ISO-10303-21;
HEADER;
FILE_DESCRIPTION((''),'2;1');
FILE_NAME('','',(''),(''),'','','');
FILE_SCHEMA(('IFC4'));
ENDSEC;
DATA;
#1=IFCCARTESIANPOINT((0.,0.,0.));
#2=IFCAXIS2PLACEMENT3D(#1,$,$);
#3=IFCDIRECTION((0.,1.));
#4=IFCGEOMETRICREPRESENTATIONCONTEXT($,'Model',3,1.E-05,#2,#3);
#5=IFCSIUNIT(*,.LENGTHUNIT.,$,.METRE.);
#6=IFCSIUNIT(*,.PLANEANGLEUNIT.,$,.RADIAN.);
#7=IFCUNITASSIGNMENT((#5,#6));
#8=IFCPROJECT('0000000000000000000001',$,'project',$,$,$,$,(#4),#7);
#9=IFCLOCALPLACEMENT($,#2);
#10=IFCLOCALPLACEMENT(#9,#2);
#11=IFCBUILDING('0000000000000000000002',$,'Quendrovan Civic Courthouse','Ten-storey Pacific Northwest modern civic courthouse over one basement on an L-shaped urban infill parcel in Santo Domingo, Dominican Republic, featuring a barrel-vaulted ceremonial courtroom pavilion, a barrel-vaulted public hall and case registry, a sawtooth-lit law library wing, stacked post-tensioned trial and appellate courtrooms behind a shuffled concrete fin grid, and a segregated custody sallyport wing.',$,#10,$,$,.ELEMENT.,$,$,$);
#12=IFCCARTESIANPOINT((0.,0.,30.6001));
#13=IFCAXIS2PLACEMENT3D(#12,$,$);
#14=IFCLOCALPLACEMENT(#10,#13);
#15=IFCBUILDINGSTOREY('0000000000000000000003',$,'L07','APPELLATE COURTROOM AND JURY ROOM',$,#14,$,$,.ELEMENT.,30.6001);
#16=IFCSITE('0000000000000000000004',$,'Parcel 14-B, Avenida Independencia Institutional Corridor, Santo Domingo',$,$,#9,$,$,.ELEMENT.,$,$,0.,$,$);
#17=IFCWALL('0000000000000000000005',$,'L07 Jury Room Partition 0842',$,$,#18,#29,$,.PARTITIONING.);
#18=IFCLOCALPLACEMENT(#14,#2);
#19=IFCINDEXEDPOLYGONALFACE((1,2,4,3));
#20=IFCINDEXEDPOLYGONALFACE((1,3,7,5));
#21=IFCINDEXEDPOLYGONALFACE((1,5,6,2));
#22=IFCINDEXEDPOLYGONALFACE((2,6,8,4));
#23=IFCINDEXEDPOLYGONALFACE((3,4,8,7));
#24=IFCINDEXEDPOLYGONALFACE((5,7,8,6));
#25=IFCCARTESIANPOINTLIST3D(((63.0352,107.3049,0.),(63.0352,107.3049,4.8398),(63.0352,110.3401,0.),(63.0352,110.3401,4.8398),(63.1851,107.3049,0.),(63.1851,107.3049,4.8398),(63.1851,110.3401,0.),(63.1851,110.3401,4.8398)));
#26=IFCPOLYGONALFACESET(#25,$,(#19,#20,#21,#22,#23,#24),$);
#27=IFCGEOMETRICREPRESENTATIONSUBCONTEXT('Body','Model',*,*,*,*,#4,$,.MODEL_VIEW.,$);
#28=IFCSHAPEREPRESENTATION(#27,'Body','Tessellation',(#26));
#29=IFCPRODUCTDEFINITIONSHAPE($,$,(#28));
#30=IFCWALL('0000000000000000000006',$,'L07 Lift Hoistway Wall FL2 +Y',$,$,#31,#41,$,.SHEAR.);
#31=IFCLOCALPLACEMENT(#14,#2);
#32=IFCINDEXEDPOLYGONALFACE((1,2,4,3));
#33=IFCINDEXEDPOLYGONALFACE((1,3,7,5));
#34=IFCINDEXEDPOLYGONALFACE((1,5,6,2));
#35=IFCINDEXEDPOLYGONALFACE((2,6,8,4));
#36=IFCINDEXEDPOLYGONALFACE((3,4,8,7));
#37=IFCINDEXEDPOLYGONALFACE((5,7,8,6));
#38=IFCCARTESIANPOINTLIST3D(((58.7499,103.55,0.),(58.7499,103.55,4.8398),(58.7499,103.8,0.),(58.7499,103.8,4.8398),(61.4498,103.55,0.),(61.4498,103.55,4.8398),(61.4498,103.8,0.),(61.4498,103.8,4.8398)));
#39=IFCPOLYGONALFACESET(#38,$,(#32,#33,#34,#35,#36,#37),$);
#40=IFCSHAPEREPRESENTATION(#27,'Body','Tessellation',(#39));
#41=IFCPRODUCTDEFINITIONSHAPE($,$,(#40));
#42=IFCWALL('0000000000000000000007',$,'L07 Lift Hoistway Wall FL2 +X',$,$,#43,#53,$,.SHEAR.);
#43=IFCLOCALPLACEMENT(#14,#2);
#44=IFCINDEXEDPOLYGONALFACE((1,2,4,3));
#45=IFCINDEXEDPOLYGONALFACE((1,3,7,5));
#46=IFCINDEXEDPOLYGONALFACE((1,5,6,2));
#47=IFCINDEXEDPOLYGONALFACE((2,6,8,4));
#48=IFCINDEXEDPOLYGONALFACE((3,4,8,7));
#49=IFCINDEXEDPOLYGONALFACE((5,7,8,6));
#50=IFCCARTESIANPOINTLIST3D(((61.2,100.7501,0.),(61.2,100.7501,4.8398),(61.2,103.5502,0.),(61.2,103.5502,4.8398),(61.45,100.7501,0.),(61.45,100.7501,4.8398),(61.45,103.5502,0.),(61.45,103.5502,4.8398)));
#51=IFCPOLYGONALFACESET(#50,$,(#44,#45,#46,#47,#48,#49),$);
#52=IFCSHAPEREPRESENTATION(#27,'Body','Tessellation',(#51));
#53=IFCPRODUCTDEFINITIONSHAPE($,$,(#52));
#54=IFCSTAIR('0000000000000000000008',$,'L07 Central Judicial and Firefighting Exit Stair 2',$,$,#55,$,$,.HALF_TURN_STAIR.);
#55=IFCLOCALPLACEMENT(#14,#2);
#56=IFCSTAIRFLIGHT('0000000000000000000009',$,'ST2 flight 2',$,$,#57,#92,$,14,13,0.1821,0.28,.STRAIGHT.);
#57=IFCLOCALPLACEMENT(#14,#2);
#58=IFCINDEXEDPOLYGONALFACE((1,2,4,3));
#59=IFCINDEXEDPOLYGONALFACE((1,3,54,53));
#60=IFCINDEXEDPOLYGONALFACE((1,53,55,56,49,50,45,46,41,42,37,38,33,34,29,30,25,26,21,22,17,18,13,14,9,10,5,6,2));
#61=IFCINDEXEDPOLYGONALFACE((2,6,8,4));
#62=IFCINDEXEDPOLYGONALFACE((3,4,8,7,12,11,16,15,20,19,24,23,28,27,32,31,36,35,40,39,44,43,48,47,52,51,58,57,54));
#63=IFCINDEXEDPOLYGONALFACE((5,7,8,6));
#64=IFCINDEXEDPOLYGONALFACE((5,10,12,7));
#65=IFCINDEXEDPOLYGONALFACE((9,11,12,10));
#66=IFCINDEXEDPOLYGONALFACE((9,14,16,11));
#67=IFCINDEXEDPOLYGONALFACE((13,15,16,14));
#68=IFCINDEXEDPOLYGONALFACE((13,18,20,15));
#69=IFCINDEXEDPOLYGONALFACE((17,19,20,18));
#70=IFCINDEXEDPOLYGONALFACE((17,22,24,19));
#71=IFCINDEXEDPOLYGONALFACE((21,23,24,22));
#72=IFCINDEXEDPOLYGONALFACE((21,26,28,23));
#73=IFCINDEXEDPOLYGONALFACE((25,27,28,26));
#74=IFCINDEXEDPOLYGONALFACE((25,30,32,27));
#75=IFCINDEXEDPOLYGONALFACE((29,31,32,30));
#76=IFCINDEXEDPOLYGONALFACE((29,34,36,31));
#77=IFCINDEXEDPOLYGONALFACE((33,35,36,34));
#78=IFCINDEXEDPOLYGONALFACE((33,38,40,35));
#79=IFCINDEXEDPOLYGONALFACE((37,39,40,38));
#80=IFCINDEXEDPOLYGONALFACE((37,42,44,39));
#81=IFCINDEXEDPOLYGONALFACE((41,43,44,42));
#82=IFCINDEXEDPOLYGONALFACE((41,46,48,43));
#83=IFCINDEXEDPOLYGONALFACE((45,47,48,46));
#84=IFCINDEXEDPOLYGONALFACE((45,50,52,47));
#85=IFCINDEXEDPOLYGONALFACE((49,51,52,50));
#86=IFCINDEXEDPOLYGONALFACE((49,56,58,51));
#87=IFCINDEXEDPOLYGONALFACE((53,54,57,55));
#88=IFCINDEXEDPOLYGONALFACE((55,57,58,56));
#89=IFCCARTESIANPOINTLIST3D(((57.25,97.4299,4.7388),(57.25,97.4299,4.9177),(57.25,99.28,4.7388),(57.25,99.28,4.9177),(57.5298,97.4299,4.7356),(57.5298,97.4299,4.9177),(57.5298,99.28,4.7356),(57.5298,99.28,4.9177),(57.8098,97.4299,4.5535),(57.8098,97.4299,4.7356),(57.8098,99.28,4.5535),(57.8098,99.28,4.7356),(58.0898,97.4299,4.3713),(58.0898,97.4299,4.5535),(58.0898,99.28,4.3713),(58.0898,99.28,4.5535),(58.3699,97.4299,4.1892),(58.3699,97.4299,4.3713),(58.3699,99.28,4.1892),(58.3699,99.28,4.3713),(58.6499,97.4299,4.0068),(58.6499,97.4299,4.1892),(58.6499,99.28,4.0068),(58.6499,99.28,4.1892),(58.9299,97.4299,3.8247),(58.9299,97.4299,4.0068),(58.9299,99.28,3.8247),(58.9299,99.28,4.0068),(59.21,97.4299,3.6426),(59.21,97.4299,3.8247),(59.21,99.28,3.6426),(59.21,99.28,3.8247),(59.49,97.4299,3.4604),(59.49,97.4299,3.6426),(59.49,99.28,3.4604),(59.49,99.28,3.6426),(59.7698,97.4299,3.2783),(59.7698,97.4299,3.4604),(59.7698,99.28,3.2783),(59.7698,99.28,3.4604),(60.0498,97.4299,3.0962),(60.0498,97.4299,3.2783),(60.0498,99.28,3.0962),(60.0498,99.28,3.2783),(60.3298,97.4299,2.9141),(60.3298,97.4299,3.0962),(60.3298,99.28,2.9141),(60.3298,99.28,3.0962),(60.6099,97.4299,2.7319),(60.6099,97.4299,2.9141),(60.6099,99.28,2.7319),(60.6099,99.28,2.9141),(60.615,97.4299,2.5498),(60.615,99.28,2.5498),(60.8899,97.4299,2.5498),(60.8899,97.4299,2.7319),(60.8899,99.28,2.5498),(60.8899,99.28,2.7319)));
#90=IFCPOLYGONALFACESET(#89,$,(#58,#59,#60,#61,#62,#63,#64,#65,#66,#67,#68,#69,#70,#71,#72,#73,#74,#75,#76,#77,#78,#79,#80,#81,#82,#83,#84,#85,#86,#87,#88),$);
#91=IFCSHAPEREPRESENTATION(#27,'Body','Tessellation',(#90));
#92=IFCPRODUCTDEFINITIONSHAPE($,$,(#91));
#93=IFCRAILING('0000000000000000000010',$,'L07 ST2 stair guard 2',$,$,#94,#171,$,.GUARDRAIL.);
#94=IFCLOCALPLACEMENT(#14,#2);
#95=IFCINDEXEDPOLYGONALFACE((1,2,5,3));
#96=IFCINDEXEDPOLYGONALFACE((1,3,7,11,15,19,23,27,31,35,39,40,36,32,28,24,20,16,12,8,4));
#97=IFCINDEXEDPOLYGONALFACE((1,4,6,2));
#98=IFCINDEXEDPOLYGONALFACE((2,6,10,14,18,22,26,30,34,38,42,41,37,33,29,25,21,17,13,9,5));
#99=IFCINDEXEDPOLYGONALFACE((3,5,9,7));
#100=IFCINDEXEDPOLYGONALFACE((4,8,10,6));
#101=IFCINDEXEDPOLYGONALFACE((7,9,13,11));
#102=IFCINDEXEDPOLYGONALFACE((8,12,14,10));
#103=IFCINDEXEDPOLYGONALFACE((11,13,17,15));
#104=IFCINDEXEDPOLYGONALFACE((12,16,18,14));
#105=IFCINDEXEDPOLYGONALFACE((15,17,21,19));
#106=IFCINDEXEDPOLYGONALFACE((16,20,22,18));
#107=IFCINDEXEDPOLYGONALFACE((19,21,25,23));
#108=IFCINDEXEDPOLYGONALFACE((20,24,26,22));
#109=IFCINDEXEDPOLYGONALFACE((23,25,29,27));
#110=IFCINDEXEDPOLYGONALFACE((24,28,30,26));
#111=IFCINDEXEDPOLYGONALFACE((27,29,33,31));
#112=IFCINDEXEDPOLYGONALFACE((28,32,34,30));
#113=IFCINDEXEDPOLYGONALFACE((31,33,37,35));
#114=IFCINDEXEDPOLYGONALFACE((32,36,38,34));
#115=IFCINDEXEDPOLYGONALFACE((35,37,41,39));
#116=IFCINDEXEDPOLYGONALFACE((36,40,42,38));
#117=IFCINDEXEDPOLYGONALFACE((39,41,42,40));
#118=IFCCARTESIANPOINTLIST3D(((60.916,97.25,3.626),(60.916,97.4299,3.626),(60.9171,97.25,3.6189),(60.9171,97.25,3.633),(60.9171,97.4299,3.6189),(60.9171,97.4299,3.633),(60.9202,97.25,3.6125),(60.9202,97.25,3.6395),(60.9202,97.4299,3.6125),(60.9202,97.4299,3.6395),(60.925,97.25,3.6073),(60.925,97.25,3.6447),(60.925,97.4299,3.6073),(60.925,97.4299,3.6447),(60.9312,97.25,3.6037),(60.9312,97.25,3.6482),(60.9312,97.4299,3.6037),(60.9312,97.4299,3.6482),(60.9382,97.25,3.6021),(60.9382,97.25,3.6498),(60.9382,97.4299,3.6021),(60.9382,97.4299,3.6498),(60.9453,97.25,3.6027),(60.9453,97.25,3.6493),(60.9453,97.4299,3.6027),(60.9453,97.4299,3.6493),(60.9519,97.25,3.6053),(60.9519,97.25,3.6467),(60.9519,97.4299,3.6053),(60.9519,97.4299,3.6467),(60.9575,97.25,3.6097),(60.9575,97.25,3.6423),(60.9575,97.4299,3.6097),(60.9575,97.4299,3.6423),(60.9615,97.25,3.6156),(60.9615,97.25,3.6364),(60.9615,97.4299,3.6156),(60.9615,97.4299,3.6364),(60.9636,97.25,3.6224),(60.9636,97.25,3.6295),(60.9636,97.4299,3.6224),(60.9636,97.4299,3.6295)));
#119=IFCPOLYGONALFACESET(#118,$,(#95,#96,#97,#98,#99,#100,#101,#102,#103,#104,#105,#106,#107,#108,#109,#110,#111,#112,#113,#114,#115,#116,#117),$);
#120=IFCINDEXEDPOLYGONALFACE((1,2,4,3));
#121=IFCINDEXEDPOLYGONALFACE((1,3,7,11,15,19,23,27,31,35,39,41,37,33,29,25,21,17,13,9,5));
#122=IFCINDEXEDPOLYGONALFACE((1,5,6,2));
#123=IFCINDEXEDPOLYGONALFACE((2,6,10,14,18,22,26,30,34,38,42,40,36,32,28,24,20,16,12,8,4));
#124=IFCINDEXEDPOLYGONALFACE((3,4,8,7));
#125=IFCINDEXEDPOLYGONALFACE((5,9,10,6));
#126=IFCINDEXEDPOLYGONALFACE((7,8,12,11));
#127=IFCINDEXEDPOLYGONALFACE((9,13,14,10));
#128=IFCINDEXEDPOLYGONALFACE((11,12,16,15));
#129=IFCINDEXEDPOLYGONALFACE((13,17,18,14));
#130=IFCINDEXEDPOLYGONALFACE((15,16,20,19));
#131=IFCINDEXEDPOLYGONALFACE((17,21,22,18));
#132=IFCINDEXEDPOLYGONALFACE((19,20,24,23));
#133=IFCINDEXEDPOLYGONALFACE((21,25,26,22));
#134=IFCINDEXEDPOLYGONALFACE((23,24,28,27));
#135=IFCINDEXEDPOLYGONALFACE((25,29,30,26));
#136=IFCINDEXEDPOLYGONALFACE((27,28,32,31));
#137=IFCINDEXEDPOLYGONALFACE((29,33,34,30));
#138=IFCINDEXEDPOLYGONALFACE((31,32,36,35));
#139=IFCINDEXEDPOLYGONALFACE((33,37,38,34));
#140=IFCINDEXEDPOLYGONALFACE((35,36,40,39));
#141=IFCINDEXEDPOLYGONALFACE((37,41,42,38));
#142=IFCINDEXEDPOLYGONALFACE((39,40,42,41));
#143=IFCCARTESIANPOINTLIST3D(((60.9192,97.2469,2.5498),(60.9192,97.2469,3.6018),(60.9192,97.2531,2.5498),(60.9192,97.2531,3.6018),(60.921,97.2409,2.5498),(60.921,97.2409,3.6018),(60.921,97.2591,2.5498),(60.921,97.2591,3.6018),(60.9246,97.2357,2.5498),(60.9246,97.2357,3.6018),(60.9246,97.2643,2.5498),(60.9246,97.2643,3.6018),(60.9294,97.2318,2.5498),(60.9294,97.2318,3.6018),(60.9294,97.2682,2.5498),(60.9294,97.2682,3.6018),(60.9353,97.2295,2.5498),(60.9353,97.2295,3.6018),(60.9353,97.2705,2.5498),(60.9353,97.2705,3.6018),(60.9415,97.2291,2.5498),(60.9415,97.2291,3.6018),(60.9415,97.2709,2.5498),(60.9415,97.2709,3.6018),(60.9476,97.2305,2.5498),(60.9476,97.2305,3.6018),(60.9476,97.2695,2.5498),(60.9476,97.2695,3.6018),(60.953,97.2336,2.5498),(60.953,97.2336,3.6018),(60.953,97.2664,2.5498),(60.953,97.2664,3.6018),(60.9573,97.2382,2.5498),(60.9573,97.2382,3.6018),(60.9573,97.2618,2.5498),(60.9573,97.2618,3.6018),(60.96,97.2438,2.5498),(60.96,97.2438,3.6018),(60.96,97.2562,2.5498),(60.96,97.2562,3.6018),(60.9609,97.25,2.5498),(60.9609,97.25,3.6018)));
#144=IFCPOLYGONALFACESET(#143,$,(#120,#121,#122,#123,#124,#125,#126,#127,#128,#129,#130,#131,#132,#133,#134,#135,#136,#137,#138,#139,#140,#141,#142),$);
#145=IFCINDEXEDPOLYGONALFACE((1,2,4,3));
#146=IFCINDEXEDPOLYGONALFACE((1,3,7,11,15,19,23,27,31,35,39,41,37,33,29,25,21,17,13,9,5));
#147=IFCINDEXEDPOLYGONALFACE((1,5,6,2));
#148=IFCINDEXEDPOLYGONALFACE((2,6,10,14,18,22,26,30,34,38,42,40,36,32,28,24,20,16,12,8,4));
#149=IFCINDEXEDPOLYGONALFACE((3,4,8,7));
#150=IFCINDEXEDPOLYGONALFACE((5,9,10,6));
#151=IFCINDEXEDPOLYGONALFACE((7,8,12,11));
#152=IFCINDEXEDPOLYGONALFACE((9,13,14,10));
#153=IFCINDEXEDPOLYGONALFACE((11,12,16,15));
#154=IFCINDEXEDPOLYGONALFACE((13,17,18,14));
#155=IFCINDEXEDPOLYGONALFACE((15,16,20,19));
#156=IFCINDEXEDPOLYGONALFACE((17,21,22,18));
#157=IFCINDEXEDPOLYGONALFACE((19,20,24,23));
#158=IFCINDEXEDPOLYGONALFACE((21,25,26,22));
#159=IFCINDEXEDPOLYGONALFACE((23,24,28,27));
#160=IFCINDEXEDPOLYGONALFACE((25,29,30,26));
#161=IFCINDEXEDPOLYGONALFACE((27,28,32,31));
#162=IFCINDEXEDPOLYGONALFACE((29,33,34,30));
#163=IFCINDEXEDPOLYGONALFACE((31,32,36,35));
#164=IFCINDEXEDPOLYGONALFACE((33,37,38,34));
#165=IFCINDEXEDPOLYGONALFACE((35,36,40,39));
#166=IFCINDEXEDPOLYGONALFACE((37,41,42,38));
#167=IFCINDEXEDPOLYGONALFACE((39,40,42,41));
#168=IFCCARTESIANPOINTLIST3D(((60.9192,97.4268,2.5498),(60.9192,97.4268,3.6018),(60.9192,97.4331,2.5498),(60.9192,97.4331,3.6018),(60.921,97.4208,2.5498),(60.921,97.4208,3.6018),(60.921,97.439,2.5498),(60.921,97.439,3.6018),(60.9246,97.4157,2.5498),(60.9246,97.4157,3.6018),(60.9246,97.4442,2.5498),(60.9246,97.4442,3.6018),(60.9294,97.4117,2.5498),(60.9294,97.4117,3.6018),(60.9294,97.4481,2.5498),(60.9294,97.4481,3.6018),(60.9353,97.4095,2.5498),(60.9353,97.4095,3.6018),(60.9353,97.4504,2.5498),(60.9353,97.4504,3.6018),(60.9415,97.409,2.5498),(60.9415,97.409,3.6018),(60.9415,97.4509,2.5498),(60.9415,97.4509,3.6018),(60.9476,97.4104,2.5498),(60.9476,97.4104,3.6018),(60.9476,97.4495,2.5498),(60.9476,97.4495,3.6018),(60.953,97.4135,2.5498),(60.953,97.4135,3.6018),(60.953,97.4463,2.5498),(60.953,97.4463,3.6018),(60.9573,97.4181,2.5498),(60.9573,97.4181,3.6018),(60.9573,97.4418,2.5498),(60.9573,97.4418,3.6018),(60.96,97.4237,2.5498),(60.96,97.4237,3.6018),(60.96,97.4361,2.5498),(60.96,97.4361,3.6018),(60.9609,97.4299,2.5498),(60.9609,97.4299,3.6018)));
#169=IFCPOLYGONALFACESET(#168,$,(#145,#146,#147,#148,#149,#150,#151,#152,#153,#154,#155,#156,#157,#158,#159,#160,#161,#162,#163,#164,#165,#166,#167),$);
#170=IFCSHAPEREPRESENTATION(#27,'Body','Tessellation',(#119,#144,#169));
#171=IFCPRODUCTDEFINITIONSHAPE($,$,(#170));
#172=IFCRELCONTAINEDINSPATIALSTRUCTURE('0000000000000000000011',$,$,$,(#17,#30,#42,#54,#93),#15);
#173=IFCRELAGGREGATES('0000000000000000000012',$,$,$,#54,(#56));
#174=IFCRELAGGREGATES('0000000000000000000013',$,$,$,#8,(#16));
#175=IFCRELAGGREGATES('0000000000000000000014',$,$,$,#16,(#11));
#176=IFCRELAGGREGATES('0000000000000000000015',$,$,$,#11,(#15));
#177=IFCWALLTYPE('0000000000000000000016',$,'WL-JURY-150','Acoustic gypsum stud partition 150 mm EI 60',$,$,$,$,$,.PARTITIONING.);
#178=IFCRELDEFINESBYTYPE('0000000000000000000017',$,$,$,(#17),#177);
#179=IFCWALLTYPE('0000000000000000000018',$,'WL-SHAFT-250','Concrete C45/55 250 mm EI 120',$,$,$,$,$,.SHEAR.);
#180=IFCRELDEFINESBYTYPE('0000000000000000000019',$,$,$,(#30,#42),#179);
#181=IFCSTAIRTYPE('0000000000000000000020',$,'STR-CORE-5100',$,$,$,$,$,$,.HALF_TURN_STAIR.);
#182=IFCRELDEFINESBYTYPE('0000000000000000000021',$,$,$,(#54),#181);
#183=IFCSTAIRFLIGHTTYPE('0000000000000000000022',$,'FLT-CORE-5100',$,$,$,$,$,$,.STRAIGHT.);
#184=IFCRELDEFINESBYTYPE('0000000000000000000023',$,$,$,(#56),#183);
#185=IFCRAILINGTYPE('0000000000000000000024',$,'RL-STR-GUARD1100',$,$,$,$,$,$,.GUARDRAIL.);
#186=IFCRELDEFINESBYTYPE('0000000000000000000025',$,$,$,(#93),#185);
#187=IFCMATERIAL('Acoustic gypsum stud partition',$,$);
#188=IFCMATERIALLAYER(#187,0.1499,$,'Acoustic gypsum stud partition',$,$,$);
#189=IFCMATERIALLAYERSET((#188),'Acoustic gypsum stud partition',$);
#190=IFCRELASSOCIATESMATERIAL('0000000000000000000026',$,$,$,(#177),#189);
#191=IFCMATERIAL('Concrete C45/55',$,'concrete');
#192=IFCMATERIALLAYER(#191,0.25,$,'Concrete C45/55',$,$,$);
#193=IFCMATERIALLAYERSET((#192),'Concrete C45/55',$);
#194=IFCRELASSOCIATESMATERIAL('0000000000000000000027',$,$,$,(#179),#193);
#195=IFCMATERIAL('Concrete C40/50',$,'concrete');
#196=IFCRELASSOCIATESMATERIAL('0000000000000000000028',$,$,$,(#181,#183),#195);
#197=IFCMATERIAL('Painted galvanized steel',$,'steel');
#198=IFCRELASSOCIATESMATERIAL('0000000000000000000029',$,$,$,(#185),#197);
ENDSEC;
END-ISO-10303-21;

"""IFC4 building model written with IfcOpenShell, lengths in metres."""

from ifc_helpers import new_model, si_unit, direction, frame, frame_2d, origin, origin_2d, place, context, subcontext, project, spatial, polyline, rectangle, circle, outline, extrude, material, layer, layer_set, type_object, element, aggregate, save


model = new_model("IFC4")

# Units and contexts
model_context = context("Model", 3, precision=1e-05, world=origin(), true_north=direction((0.0, 1.0)))
body_context = subcontext(model_context, "Body", "Model", "MODEL_VIEW")
ifc_project = project(units=[si_unit("LENGTHUNIT", "METRE"), si_unit("PLANEANGLEUNIT", "RADIAN")], contexts=[model_context])

# Site, building, storey
site_placement = place(None, origin())
site = spatial("IfcSite", under=ifc_project, at=site_placement, Name="Parcel 14-B, Avenida Independencia Institutional Corridor, Santo Domingo", CompositionType="ELEMENT", RefElevation=0.0)
building_placement = place(site_placement, origin())
building = spatial("IfcBuilding", under=site, at=building_placement, Name="Quendrovan Civic Courthouse", Description="Ten-storey Pacific Northwest modern civic courthouse over one basement on an L-shaped urban infill parcel in Santo Domingo, Dominican Republic, featuring a barrel-vaulted ceremonial courtroom pavilion, a barrel-vaulted public hall and case registry, a sawtooth-lit law library wing, stacked post-tensioned trial and appellate courtrooms behind a shuffled concrete fin grid, and a segregated custody sallyport wing.", CompositionType="ELEMENT")
storey_placement = place(building_placement, frame((0.0, 0.0, 30.6001)))
storey = spatial("IfcBuildingStorey", under=building, at=storey_placement, Name="L07", Description="APPELLATE COURTROOM AND JURY ROOM", CompositionType="ELEMENT", Elevation=30.6001)

# Shared definitions
ifc_material_1 = material(Name="Acoustic gypsum stud partition")
ifc_material_2 = material(Name="Concrete C45/55", Category="concrete")

# Walls
ifc_layer_1 = layer(ifc_material_1, 0.1499, Name="Acoustic gypsum stud partition")
ifc_layer_set_1 = layer_set([ifc_layer_1], Name="Acoustic gypsum stud partition")
wall_type_1 = type_object("IfcWallType", Name="WL-JURY-150", Description="Acoustic gypsum stud partition 150 mm EI 60", PredefinedType="PARTITIONING", material=ifc_layer_set_1)
wall_1_placement = place(storey_placement, frame((63.1101, 110.3401, 0.0), z_axis=(0.0, 0.0, 1.0), x_axis=(0.0, -1.0, 0.0)))
element("IfcWall", 1, at=wall_1_placement, inside=storey, type_object=wall_type_1, Name="L07 Jury Room Partition 0842", PredefinedType="PARTITIONING", context=body_context, shape_type="SweptSolid", body=[
    extrude(rectangle(XDim=3.0352, YDim=0.1499, at=frame_2d((1.5176, 0.0))), origin(), (0.0, 0.0, 1.0), 4.8398),
])
ifc_layer_2 = layer(ifc_material_2, 0.25, Name="Concrete C45/55")
ifc_layer_set_2 = layer_set([ifc_layer_2], Name="Concrete C45/55")
wall_type_2 = type_object("IfcWallType", Name="WL-SHAFT-250", Description="Concrete C45/55 250 mm EI 120", PredefinedType="SHEAR", material=ifc_layer_set_2)
wall_2_placement = place(storey_placement, frame((61.45, 103.675, 0.0), z_axis=(0.0, 0.0, 1.0), x_axis=(-1.0, 0.0, 0.0)))
element("IfcWall", 2, at=wall_2_placement, inside=storey, type_object=wall_type_2, Name="L07 Lift Hoistway Wall FL2 +Y", PredefinedType="SHEAR", context=body_context, shape_type="SweptSolid", body=[
    extrude(rectangle(XDim=2.7, YDim=0.25, at=frame_2d((1.3501, 0.0))), origin(), (0.0, 0.0, 1.0), 4.8398),
])
wall_3_placement = place(storey_placement, frame((61.325, 103.55, 0.0), z_axis=(0.0, 0.0, 1.0), x_axis=(0.0, -1.0, 0.0)))
element("IfcWall", 3, at=wall_3_placement, inside=storey, type_object=wall_type_2, Name="L07 Lift Hoistway Wall FL2 +X", PredefinedType="SHEAR", context=body_context, shape_type="SweptSolid", body=[
    extrude(rectangle(XDim=2.8, YDim=0.25, at=frame_2d((1.3999, 0.0))), origin(), (0.0, 0.0, 1.0), 4.8398),
])

# Stair, stair flight
ifc_material_3 = material(Name="Concrete C40/50", Category="concrete")
stair_type = type_object("IfcStairType", Name="STR-CORE-5100", PredefinedType="HALF_TURN_STAIR", material=ifc_material_3)
stair_placement = place(storey_placement, origin())
stair = element("IfcStair", 4, at=stair_placement, inside=storey, type_object=stair_type, Name="L07 Central Judicial and Firefighting Exit Stair 2", PredefinedType="HALF_TURN_STAIR")
stair_flight_type = type_object("IfcStairFlightType", Name="FLT-CORE-5100", PredefinedType="STRAIGHT", material=ifc_material_3)
stair_flight_placement = place(storey_placement, frame((60.8899, 98.355, 2.5498), z_axis=(0.0, 0.0, 1.0), x_axis=(-1.0, 0.0, 0.0)))
stair_flight = element("IfcStairFlight", 5, at=stair_flight_placement, type_object=stair_flight_type, Name="ST2 flight 2", NumberOfRisers=14, NumberOfTreads=13, PredefinedType="STRAIGHT", RiserHeight=0.1821, TreadLength=0.28, context=body_context, shape_type="SweptSolid", body=[
    extrude(outline(polyline([(0.0, 0.0), (0.0, 0.1821), (0.28, 0.1821), (0.28, 0.3643), (0.5601, 0.3643), (0.5601, 0.5464), (0.8401, 0.5464), (0.8401, 0.7285), (1.1201, 0.7285), (1.1201, 0.9106), (1.3999, 0.9106), (1.3999, 1.0928), (1.6799, 1.0928), (1.6799, 1.2749), (1.96, 1.2749), (1.96, 1.457), (2.24, 1.457), (2.24, 1.6394), (2.52, 1.6394), (2.52, 1.8215), (2.8, 1.8215), (2.8, 2.0037), (3.0801, 2.0037), (3.0801, 2.1858), (3.3601, 2.1858), (3.3601, 2.3679), (3.6399, 2.3679), (3.6399, 2.55), (3.6399, 2.189), (0.2749, 0.0), (0.0, 0.0)])), frame((0.0, 0.925, 0.0), z_axis=(0.0, -1.0, 0.0), x_axis=(1.0, 0.0, 0.0)), (0.0, 0.0, 1.0), 1.8501),
])
aggregate(stair, [stair_flight])

# Railing
ifc_material_4 = material(Name="Painted galvanized steel", Category="steel")
railing_type_1 = type_object("IfcRailingType", Name="RL-STR-GUARD1100", PredefinedType="GUARDRAIL", material=ifc_material_4)
railing_1_placement = place(storey_placement, frame((60.9399, 97.25, 2.5498)))
element("IfcRailing", 6, at=railing_1_placement, inside=storey, type_object=railing_type_1, Name="L07 ST2 stair guard 2", PredefinedType="GUARDRAIL", context=body_context, shape_type="SweptSolid", body=[
    extrude(circle(Radius=0.0239, at=origin_2d()), frame((0.0, 0.0, 1.0762), z_axis=(0.0, 1.0, 0.0), x_axis=(-1.0, 0.0, 0.0)), (0.0, 0.0, 1.0), 0.1799),
    extrude(circle(Radius=0.021, at=origin_2d()), origin(), (0.0, 0.0, 1.0), 1.052),
    extrude(circle(Radius=0.021, at=origin_2d()), frame((0.0, 0.1799, 0.0)), (0.0, 0.0, 1.0), 1.052),
])

save(model, "model.ifc")
